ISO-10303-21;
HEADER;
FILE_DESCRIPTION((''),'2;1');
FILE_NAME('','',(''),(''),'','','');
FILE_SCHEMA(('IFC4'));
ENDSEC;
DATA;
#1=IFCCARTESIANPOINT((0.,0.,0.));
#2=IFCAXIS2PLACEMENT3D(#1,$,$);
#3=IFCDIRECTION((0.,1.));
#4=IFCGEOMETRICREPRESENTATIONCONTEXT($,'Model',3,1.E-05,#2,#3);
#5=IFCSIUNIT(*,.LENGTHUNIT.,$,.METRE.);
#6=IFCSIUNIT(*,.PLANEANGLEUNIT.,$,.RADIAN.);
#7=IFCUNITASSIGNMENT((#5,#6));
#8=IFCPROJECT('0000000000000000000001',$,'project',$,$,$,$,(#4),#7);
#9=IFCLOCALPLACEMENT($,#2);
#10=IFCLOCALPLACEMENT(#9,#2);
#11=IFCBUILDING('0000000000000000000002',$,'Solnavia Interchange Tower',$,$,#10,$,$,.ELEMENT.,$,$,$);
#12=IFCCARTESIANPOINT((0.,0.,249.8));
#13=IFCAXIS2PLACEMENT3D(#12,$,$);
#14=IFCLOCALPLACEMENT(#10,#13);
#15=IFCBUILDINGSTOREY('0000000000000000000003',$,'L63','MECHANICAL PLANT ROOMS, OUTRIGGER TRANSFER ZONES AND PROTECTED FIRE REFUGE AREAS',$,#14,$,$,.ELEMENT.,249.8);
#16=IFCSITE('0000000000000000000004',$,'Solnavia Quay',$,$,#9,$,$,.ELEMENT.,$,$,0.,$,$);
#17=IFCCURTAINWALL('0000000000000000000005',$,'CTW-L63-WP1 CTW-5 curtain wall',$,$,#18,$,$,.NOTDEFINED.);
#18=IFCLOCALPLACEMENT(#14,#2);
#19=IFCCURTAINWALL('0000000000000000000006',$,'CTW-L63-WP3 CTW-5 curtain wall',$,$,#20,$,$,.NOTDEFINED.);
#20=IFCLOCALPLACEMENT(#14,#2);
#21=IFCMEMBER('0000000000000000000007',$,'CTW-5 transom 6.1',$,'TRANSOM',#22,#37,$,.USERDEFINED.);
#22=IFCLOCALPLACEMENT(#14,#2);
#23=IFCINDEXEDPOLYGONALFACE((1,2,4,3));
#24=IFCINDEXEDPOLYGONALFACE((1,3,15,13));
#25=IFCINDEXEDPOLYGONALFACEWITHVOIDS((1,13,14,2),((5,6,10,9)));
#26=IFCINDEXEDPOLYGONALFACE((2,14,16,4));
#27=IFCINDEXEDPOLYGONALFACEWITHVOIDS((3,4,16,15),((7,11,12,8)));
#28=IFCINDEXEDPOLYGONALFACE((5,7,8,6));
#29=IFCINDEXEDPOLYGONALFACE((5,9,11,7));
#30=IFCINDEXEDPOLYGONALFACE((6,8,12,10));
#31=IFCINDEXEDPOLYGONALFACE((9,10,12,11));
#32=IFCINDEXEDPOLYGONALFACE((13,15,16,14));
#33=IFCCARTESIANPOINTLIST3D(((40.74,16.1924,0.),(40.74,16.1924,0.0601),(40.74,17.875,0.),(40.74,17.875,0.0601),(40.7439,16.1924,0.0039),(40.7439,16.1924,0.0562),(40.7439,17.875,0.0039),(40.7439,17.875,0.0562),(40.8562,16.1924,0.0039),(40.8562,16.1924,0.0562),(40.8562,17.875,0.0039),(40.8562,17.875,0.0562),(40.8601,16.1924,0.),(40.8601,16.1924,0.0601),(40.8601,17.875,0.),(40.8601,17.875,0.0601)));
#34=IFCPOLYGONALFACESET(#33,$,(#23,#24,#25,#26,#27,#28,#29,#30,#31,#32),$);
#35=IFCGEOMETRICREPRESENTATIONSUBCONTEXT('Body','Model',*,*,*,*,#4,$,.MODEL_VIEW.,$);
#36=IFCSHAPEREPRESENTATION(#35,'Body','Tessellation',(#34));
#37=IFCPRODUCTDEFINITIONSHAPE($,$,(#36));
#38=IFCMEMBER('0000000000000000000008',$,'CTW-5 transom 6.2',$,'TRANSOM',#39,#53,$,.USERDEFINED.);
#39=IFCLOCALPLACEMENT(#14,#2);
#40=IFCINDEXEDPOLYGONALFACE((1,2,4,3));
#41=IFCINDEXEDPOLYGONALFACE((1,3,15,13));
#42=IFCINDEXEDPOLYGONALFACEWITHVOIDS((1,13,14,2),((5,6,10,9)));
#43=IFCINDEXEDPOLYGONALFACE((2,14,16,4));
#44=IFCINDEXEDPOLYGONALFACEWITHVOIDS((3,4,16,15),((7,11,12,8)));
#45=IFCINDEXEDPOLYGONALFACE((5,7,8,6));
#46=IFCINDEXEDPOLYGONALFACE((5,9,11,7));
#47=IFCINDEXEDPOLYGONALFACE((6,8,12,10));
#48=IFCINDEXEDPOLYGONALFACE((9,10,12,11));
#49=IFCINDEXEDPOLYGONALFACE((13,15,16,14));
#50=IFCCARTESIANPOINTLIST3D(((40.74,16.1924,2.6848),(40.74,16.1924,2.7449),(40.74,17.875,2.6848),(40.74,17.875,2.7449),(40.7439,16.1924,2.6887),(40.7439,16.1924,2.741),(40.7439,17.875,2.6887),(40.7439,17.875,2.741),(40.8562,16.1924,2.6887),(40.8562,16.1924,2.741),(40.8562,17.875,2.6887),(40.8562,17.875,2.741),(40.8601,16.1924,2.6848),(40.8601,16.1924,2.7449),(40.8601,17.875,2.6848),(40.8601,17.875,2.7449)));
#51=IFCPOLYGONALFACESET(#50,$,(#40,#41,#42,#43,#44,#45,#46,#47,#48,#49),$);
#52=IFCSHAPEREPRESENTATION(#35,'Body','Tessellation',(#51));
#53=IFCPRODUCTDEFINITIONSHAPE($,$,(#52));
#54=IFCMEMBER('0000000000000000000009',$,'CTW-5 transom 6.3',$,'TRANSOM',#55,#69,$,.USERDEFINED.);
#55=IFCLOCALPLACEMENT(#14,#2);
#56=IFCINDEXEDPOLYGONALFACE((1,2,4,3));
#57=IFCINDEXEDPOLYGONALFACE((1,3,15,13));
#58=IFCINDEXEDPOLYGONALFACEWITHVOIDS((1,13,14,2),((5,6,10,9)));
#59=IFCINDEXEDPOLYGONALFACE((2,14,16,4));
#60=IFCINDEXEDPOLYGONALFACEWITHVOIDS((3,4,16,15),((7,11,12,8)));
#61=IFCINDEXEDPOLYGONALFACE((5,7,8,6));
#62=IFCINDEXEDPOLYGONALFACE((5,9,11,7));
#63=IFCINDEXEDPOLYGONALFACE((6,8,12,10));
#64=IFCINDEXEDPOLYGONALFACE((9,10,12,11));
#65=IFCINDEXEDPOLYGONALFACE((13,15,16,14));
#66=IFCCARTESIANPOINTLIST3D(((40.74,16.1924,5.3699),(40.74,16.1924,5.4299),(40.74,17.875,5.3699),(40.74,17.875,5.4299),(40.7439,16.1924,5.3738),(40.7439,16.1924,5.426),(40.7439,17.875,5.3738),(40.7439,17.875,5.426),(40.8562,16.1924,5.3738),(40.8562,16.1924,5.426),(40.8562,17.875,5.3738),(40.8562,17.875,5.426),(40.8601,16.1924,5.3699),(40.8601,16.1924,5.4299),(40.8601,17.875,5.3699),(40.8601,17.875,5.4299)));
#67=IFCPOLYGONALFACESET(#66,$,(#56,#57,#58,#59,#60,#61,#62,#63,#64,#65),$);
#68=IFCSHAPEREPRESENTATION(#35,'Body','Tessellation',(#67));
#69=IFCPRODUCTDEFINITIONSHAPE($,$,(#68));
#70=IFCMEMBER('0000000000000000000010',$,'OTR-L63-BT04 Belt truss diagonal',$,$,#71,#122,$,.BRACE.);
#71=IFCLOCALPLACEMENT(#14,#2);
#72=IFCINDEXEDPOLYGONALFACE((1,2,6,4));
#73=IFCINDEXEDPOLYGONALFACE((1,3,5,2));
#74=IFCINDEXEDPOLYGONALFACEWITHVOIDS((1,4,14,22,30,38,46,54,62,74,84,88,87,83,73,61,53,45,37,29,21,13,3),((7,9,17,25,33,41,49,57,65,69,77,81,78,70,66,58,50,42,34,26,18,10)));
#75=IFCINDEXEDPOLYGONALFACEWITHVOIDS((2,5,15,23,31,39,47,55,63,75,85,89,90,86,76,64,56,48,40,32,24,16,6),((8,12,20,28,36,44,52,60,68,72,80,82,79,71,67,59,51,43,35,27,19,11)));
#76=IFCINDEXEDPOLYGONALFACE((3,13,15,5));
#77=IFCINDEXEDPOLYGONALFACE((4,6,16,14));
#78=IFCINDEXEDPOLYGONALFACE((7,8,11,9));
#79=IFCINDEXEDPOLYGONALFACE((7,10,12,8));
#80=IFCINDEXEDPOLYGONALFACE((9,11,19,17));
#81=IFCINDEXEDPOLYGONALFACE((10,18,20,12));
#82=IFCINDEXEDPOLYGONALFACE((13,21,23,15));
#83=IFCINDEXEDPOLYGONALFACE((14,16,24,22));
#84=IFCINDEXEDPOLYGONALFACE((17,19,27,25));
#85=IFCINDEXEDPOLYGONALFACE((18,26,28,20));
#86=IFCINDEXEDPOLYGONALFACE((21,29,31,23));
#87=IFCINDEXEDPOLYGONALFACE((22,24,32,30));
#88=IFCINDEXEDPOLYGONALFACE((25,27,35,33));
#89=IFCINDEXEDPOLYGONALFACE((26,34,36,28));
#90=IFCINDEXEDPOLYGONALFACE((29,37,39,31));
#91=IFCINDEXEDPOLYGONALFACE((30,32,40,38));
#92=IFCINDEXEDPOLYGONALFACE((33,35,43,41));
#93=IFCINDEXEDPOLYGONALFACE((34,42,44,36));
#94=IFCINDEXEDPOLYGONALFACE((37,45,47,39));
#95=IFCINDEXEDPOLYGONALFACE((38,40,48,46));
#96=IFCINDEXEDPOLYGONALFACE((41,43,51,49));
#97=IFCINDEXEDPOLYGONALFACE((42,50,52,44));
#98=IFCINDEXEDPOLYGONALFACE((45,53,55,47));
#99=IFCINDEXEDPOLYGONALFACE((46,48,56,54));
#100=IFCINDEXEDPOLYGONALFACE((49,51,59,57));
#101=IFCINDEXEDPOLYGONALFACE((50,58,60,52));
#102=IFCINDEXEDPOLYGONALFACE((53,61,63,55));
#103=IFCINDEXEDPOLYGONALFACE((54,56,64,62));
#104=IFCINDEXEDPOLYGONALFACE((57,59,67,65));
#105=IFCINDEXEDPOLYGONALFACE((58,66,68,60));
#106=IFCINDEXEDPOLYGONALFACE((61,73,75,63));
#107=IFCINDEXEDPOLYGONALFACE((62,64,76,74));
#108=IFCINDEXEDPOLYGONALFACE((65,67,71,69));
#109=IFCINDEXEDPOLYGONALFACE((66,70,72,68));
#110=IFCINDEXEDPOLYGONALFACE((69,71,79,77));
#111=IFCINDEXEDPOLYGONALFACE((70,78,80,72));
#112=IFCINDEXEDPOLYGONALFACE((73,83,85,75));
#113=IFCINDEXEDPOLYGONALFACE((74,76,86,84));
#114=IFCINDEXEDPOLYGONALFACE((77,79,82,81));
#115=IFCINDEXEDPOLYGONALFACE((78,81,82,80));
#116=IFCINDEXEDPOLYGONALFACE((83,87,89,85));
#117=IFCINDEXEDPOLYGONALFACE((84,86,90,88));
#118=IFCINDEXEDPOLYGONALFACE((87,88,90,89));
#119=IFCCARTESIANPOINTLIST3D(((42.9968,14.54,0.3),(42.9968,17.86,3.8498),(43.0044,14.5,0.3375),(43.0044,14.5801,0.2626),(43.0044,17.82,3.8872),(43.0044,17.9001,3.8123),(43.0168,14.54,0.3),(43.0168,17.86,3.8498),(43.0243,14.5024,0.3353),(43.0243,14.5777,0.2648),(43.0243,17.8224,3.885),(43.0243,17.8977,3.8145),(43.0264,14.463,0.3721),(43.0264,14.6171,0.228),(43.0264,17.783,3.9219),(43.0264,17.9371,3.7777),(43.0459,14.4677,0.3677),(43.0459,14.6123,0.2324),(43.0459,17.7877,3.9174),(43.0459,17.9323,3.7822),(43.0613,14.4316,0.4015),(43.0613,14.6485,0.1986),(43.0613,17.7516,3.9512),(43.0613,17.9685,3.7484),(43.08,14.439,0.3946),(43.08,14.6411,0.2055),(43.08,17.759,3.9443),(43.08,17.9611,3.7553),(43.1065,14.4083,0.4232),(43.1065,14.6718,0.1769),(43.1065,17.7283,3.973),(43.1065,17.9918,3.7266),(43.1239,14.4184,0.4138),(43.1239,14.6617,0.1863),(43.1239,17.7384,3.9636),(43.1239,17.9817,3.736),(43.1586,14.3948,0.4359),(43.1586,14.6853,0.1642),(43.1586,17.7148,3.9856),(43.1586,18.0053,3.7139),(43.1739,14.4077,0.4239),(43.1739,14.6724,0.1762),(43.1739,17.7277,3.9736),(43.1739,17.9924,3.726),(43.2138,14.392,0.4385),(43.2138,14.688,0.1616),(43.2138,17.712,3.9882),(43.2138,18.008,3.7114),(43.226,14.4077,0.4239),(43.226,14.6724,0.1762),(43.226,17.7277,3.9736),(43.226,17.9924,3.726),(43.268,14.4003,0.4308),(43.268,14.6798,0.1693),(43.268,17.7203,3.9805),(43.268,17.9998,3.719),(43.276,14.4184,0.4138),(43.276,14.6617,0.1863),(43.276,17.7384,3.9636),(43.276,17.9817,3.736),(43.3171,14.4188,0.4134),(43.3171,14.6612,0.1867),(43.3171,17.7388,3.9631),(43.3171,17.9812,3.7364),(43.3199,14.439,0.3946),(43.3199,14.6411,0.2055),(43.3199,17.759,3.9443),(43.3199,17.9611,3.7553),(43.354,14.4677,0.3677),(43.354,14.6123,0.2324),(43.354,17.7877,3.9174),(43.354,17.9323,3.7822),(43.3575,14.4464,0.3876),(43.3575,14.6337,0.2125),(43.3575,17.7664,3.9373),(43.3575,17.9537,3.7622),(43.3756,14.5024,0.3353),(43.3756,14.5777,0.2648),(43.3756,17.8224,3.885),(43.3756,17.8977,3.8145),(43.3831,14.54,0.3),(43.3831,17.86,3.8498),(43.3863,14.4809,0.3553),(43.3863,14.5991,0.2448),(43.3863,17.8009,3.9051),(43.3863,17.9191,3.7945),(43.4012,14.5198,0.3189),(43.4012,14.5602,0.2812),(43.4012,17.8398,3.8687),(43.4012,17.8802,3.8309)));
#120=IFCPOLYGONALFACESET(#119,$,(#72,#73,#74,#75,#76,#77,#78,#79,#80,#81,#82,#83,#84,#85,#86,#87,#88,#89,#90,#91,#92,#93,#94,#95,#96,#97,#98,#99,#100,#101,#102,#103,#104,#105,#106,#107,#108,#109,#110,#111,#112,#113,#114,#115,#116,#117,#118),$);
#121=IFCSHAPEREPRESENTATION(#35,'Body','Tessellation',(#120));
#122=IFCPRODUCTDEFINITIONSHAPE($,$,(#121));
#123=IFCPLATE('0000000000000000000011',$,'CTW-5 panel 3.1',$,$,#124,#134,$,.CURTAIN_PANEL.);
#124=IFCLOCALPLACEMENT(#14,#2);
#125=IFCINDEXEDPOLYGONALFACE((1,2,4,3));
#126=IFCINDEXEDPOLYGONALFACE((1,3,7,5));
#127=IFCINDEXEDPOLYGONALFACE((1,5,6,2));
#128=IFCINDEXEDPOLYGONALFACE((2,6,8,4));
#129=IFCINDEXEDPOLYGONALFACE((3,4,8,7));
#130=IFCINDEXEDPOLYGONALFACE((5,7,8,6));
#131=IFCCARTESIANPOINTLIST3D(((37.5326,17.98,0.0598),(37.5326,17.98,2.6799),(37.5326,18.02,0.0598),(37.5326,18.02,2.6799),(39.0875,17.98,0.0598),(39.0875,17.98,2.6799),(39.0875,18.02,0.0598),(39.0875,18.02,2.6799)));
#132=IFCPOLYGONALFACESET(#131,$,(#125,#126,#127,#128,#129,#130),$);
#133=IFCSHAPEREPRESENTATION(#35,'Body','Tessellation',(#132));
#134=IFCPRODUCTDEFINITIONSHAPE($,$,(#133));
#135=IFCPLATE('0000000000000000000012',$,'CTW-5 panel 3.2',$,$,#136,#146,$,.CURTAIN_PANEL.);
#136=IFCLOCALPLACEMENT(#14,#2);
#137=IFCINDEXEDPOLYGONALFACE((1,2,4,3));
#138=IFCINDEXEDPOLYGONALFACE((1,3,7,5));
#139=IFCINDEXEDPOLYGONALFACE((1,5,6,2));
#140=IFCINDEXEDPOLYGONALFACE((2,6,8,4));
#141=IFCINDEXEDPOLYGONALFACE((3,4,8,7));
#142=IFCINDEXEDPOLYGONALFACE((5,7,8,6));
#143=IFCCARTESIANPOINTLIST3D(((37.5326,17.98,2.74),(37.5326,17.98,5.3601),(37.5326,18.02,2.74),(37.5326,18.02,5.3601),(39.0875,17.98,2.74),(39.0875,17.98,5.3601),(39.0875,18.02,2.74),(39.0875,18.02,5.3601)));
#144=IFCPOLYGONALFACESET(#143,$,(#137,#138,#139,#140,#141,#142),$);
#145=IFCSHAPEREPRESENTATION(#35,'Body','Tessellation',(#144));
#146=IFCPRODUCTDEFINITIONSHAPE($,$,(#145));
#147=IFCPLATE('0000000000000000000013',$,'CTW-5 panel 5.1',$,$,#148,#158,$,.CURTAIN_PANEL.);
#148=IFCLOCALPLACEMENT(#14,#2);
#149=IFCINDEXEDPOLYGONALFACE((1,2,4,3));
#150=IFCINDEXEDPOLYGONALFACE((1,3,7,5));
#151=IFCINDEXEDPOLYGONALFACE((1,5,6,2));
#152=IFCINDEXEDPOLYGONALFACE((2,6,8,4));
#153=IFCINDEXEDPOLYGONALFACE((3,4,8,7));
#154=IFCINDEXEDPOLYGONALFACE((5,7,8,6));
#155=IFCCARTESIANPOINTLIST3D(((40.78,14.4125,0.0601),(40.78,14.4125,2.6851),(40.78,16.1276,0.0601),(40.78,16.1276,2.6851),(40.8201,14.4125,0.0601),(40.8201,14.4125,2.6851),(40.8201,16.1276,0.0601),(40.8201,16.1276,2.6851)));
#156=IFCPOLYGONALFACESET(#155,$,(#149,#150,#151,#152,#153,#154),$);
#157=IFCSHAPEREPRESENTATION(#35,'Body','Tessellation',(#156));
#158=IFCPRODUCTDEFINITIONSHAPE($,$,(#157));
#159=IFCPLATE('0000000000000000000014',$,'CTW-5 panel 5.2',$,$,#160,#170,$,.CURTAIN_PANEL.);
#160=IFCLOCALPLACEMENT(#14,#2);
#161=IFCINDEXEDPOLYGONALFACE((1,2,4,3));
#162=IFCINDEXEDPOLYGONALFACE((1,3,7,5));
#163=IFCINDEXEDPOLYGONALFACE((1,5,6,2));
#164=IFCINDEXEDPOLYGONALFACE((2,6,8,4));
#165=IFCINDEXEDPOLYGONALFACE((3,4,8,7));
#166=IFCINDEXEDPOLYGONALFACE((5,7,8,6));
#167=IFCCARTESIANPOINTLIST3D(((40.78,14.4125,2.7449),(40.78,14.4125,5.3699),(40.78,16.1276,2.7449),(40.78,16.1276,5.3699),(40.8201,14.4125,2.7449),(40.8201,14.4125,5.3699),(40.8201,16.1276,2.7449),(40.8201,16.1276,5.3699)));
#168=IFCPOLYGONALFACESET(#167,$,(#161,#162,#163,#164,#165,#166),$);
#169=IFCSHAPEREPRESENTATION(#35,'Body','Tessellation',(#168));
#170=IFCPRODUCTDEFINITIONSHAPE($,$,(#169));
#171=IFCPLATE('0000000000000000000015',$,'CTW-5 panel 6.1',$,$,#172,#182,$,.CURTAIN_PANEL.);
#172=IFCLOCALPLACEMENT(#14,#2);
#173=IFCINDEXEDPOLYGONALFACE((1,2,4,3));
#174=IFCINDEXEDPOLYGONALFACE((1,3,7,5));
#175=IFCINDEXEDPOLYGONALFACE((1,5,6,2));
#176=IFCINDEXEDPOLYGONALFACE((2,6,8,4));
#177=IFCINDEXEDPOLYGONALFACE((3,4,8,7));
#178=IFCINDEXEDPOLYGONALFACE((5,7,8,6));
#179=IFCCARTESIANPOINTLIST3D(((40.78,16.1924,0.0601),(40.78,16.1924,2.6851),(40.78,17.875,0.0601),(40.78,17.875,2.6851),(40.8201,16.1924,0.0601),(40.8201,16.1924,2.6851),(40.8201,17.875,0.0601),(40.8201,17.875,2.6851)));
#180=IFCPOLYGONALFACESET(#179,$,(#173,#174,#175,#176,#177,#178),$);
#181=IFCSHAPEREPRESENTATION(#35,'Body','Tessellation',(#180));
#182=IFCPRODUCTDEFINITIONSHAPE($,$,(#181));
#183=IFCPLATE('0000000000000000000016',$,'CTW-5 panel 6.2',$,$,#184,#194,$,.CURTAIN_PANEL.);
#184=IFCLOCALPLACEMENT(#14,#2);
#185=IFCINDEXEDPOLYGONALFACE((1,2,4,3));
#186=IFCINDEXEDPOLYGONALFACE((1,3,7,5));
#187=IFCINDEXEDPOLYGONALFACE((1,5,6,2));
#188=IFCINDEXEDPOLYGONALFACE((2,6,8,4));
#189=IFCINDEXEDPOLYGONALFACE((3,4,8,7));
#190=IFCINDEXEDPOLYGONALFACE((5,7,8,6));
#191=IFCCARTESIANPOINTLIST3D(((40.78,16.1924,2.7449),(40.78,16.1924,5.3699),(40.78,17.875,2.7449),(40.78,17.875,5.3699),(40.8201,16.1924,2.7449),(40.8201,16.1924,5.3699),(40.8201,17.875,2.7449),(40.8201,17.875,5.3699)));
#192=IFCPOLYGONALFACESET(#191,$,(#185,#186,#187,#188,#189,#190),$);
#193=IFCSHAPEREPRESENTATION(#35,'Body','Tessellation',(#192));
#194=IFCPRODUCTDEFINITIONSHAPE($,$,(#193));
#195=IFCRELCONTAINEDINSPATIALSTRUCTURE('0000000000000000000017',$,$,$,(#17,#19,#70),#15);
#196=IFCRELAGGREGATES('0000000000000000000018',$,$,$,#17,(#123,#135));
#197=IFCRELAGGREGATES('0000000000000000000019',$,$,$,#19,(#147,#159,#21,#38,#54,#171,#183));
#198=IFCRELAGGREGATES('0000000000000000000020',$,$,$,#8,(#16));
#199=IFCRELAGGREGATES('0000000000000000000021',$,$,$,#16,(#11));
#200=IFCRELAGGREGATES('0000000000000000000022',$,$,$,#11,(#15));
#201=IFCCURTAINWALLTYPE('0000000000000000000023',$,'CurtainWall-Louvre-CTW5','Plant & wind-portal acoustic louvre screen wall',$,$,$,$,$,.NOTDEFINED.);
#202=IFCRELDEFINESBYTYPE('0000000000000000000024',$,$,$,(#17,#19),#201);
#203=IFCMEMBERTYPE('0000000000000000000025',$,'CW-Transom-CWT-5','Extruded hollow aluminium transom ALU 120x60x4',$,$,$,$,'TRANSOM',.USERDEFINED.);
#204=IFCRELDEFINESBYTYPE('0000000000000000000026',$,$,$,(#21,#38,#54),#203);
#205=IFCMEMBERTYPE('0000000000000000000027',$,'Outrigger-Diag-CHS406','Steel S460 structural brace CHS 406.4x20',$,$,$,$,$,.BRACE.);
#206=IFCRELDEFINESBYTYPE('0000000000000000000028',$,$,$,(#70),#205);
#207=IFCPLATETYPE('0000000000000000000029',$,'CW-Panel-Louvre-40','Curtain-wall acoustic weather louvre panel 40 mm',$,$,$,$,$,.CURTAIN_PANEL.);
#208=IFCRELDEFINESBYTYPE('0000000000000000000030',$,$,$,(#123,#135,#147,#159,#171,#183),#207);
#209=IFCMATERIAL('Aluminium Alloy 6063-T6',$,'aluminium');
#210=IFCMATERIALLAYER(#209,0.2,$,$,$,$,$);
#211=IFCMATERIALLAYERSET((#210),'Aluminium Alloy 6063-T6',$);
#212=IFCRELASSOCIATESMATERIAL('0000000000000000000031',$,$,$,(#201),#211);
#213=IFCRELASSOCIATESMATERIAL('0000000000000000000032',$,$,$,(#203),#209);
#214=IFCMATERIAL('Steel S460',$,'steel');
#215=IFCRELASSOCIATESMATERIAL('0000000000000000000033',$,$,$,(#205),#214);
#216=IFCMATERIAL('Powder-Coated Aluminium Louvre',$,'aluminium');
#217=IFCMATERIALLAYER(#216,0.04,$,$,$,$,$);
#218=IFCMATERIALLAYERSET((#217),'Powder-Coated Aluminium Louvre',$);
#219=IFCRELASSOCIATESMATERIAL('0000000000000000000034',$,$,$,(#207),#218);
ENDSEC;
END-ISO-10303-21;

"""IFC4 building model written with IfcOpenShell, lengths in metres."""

from ifc_helpers import new_model, si_unit, direction, frame, origin, origin_2d, place, context, subcontext, project, spatial, rectangle, hollow_rectangle, hollow_circle, extrude, material, layer, layer_set, material_profile, profile_set, type_object, element, aggregate, save


model = new_model("IFC4")

# Units and contexts
model_context = context("Model", 3, precision=1e-05, world=origin(), true_north=direction((0.0, 1.0)))
body_context = subcontext(model_context, "Body", "Model", "MODEL_VIEW")
ifc_project = project(units=[si_unit("LENGTHUNIT", "METRE"), si_unit("PLANEANGLEUNIT", "RADIAN")], contexts=[model_context])

# Site, building, storey
site_placement = place(None, origin())
site = spatial("IfcSite", under=ifc_project, at=site_placement, Name="Solnavia Quay", CompositionType="ELEMENT", RefElevation=0.0)
building_placement = place(site_placement, origin())
building = spatial("IfcBuilding", under=site, at=building_placement, Name="Solnavia Interchange Tower", CompositionType="ELEMENT")
storey_placement = place(building_placement, frame((0.0, 0.0, 249.8)))
storey = spatial("IfcBuildingStorey", under=building, at=storey_placement, Name="L63", Description="MECHANICAL PLANT ROOMS, OUTRIGGER TRANSFER ZONES AND PROTECTED FIRE REFUGE AREAS", CompositionType="ELEMENT", Elevation=249.8)

# Curtain wall
ifc_material_1 = material(Name="Aluminium Alloy 6063-T6", Category="aluminium")
ifc_layer_1 = layer(ifc_material_1, 0.2)
ifc_layer_set_1 = layer_set([ifc_layer_1], Name="Aluminium Alloy 6063-T6")
curtain_wall_type = type_object("IfcCurtainWallType", Name="CurtainWall-Louvre-CTW5", Description="Plant & wind-portal acoustic louvre screen wall", PredefinedType="NOTDEFINED", material=ifc_layer_set_1)
curtain_wall_1_placement = place(storey_placement, origin())
curtain_wall_1 = element("IfcCurtainWall", 1, at=curtain_wall_1_placement, inside=storey, type_object=curtain_wall_type, Name="CTW-L63-WP1 CTW-5 curtain wall", PredefinedType="NOTDEFINED")

# Curtain wall
curtain_wall_2_placement = place(storey_placement, origin())
curtain_wall_2 = element("IfcCurtainWall", 2, at=curtain_wall_2_placement, inside=storey, type_object=curtain_wall_type, Name="CTW-L63-WP3 CTW-5 curtain wall", PredefinedType="NOTDEFINED")

# Members
ifc_material_profile_1 = material_profile(ifc_material_1, hollow_rectangle(XDim=0.0601, YDim=0.1201, WallThickness=0.0039, at=origin_2d()), Name="ALU 120x60x4")
ifc_profile_set_1 = profile_set([ifc_material_profile_1], Name="Aluminium Alloy 6063-T6")
member_type_1 = type_object("IfcMemberType", Name="CW-Transom-CWT-5", Description="Extruded hollow aluminium transom ALU 120x60x4", ElementType="TRANSOM", PredefinedType="USERDEFINED", material=ifc_profile_set_1)
member_1_placement = place(storey_placement, frame((40.8, 16.1924, 0.03), z_axis=(0.0, 1.0, 0.0), x_axis=(0.0, 0.0, 1.0)))
member_1 = element("IfcMember", 3, at=member_1_placement, type_object=member_type_1, Name="CTW-5 transom 6.1", ObjectType="TRANSOM", PredefinedType="USERDEFINED", context=body_context, shape_type="SweptSolid", body=[
    extrude(hollow_rectangle(XDim=0.0601, YDim=0.1201, WallThickness=0.0039, at=origin_2d()), origin(), (0.0, 0.0, 1.0), 1.6826),
])
member_2_placement = place(storey_placement, frame((40.8, 16.1924, 2.7148), z_axis=(0.0, 1.0, 0.0), x_axis=(0.0, 0.0, 1.0)))
member_2 = element("IfcMember", 4, at=member_2_placement, type_object=member_type_1, Name="CTW-5 transom 6.2", ObjectType="TRANSOM", PredefinedType="USERDEFINED", context=body_context, shape_type="SweptSolid", body=[
    extrude(hollow_rectangle(XDim=0.0601, YDim=0.1201, WallThickness=0.0039, at=origin_2d()), origin(), (0.0, 0.0, 1.0), 1.6826),
])
member_3_placement = place(storey_placement, frame((40.8, 16.1924, 5.3999), z_axis=(0.0, 1.0, 0.0), x_axis=(0.0, 0.0, 1.0)))
member_3 = element("IfcMember", 5, at=member_3_placement, type_object=member_type_1, Name="CTW-5 transom 6.3", ObjectType="TRANSOM", PredefinedType="USERDEFINED", context=body_context, shape_type="SweptSolid", body=[
    extrude(hollow_rectangle(XDim=0.0601, YDim=0.1201, WallThickness=0.0039, at=origin_2d()), origin(), (0.0, 0.0, 1.0), 1.6826),
])
ifc_material_2 = material(Name="Steel S460", Category="steel")
ifc_material_profile_2 = material_profile(ifc_material_2, hollow_circle(Radius=0.2031, WallThickness=0.02, at=origin_2d()), Name="CHS 406.4x20")
ifc_profile_set_2 = profile_set([ifc_material_profile_2], Name="Steel S460")
member_type_2 = type_object("IfcMemberType", Name="Outrigger-Diag-CHS406", Description="Steel S460 structural brace CHS 406.4x20", PredefinedType="BRACE", material=ifc_profile_set_2)
member_4_placement = place(storey_placement, frame((43.2, 14.54, 0.3), z_axis=(0.0, 0.683078, 0.730345), x_axis=(-1.0, 0.0, 0.0)))
element("IfcMember", 6, at=member_4_placement, inside=storey, type_object=member_type_2, Name="OTR-L63-BT04 Belt truss diagonal", PredefinedType="BRACE", context=body_context, shape_type="SweptSolid", body=[
    extrude(hollow_circle(Radius=0.2031, WallThickness=0.02, at=origin_2d()), origin(), (0.0, 0.0, 1.0), 4.8604),
])

# Plates
ifc_material_3 = material(Name="Powder-Coated Aluminium Louvre", Category="aluminium")
ifc_layer_2 = layer(ifc_material_3, 0.04)
ifc_layer_set_2 = layer_set([ifc_layer_2], Name="Powder-Coated Aluminium Louvre")
plate_type_1 = type_object("IfcPlateType", Name="CW-Panel-Louvre-40", Description="Curtain-wall acoustic weather louvre panel 40 mm", PredefinedType="CURTAIN_PANEL", material=ifc_layer_set_2)
plate_1_placement = place(storey_placement, frame((38.3101, 18.0, 0.0598), z_axis=(0.0, 0.0, 1.0), x_axis=(1.0, 0.0, 0.0)))
plate_1 = element("IfcPlate", 7, at=plate_1_placement, type_object=plate_type_1, Name="CTW-5 panel 3.1", PredefinedType="CURTAIN_PANEL", context=body_context, shape_type="SweptSolid", body=[
    extrude(rectangle(XDim=1.5549, YDim=0.04, at=origin_2d()), origin(), (0.0, 0.0, 1.0), 2.6201),
])
plate_2_placement = place(storey_placement, frame((38.3101, 18.0, 2.74), z_axis=(0.0, 0.0, 1.0), x_axis=(1.0, 0.0, 0.0)))
plate_2 = element("IfcPlate", 8, at=plate_2_placement, type_object=plate_type_1, Name="CTW-5 panel 3.2", PredefinedType="CURTAIN_PANEL", context=body_context, shape_type="SweptSolid", body=[
    extrude(rectangle(XDim=1.5549, YDim=0.04, at=origin_2d()), origin(), (0.0, 0.0, 1.0), 2.6201),
])
aggregate(curtain_wall_1, [plate_1, plate_2])
plate_3_placement = place(storey_placement, frame((40.8, 15.27, 0.0601), z_axis=(0.0, 0.0, 1.0), x_axis=(0.0, 1.0, 0.0)))
plate_3 = element("IfcPlate", 9, at=plate_3_placement, type_object=plate_type_1, Name="CTW-5 panel 5.1", PredefinedType="CURTAIN_PANEL", context=body_context, shape_type="SweptSolid", body=[
    extrude(rectangle(XDim=1.7151, YDim=0.04, at=origin_2d()), origin(), (0.0, 0.0, 1.0), 2.625),
])
plate_4_placement = place(storey_placement, frame((40.8, 15.27, 2.7449), z_axis=(0.0, 0.0, 1.0), x_axis=(0.0, 1.0, 0.0)))
plate_4 = element("IfcPlate", 10, at=plate_4_placement, type_object=plate_type_1, Name="CTW-5 panel 5.2", PredefinedType="CURTAIN_PANEL", context=body_context, shape_type="SweptSolid", body=[
    extrude(rectangle(XDim=1.7151, YDim=0.04, at=origin_2d()), origin(), (0.0, 0.0, 1.0), 2.625),
])
plate_5_placement = place(storey_placement, frame((40.8, 17.0337, 0.0601), z_axis=(0.0, 0.0, 1.0), x_axis=(0.0, 1.0, 0.0)))
plate_5 = element("IfcPlate", 11, at=plate_5_placement, type_object=plate_type_1, Name="CTW-5 panel 6.1", PredefinedType="CURTAIN_PANEL", context=body_context, shape_type="SweptSolid", body=[
    extrude(rectangle(XDim=1.6826, YDim=0.04, at=origin_2d()), origin(), (0.0, 0.0, 1.0), 2.625),
])
plate_6_placement = place(storey_placement, frame((40.8, 17.0337, 2.7449), z_axis=(0.0, 0.0, 1.0), x_axis=(0.0, 1.0, 0.0)))
plate_6 = element("IfcPlate", 12, at=plate_6_placement, type_object=plate_type_1, Name="CTW-5 panel 6.2", PredefinedType="CURTAIN_PANEL", context=body_context, shape_type="SweptSolid", body=[
    extrude(rectangle(XDim=1.6826, YDim=0.04, at=origin_2d()), origin(), (0.0, 0.0, 1.0), 2.625),
])
aggregate(curtain_wall_2, [plate_3, plate_4, member_1, member_2, member_3, plate_5, plate_6])

save(model, "model.ifc")
